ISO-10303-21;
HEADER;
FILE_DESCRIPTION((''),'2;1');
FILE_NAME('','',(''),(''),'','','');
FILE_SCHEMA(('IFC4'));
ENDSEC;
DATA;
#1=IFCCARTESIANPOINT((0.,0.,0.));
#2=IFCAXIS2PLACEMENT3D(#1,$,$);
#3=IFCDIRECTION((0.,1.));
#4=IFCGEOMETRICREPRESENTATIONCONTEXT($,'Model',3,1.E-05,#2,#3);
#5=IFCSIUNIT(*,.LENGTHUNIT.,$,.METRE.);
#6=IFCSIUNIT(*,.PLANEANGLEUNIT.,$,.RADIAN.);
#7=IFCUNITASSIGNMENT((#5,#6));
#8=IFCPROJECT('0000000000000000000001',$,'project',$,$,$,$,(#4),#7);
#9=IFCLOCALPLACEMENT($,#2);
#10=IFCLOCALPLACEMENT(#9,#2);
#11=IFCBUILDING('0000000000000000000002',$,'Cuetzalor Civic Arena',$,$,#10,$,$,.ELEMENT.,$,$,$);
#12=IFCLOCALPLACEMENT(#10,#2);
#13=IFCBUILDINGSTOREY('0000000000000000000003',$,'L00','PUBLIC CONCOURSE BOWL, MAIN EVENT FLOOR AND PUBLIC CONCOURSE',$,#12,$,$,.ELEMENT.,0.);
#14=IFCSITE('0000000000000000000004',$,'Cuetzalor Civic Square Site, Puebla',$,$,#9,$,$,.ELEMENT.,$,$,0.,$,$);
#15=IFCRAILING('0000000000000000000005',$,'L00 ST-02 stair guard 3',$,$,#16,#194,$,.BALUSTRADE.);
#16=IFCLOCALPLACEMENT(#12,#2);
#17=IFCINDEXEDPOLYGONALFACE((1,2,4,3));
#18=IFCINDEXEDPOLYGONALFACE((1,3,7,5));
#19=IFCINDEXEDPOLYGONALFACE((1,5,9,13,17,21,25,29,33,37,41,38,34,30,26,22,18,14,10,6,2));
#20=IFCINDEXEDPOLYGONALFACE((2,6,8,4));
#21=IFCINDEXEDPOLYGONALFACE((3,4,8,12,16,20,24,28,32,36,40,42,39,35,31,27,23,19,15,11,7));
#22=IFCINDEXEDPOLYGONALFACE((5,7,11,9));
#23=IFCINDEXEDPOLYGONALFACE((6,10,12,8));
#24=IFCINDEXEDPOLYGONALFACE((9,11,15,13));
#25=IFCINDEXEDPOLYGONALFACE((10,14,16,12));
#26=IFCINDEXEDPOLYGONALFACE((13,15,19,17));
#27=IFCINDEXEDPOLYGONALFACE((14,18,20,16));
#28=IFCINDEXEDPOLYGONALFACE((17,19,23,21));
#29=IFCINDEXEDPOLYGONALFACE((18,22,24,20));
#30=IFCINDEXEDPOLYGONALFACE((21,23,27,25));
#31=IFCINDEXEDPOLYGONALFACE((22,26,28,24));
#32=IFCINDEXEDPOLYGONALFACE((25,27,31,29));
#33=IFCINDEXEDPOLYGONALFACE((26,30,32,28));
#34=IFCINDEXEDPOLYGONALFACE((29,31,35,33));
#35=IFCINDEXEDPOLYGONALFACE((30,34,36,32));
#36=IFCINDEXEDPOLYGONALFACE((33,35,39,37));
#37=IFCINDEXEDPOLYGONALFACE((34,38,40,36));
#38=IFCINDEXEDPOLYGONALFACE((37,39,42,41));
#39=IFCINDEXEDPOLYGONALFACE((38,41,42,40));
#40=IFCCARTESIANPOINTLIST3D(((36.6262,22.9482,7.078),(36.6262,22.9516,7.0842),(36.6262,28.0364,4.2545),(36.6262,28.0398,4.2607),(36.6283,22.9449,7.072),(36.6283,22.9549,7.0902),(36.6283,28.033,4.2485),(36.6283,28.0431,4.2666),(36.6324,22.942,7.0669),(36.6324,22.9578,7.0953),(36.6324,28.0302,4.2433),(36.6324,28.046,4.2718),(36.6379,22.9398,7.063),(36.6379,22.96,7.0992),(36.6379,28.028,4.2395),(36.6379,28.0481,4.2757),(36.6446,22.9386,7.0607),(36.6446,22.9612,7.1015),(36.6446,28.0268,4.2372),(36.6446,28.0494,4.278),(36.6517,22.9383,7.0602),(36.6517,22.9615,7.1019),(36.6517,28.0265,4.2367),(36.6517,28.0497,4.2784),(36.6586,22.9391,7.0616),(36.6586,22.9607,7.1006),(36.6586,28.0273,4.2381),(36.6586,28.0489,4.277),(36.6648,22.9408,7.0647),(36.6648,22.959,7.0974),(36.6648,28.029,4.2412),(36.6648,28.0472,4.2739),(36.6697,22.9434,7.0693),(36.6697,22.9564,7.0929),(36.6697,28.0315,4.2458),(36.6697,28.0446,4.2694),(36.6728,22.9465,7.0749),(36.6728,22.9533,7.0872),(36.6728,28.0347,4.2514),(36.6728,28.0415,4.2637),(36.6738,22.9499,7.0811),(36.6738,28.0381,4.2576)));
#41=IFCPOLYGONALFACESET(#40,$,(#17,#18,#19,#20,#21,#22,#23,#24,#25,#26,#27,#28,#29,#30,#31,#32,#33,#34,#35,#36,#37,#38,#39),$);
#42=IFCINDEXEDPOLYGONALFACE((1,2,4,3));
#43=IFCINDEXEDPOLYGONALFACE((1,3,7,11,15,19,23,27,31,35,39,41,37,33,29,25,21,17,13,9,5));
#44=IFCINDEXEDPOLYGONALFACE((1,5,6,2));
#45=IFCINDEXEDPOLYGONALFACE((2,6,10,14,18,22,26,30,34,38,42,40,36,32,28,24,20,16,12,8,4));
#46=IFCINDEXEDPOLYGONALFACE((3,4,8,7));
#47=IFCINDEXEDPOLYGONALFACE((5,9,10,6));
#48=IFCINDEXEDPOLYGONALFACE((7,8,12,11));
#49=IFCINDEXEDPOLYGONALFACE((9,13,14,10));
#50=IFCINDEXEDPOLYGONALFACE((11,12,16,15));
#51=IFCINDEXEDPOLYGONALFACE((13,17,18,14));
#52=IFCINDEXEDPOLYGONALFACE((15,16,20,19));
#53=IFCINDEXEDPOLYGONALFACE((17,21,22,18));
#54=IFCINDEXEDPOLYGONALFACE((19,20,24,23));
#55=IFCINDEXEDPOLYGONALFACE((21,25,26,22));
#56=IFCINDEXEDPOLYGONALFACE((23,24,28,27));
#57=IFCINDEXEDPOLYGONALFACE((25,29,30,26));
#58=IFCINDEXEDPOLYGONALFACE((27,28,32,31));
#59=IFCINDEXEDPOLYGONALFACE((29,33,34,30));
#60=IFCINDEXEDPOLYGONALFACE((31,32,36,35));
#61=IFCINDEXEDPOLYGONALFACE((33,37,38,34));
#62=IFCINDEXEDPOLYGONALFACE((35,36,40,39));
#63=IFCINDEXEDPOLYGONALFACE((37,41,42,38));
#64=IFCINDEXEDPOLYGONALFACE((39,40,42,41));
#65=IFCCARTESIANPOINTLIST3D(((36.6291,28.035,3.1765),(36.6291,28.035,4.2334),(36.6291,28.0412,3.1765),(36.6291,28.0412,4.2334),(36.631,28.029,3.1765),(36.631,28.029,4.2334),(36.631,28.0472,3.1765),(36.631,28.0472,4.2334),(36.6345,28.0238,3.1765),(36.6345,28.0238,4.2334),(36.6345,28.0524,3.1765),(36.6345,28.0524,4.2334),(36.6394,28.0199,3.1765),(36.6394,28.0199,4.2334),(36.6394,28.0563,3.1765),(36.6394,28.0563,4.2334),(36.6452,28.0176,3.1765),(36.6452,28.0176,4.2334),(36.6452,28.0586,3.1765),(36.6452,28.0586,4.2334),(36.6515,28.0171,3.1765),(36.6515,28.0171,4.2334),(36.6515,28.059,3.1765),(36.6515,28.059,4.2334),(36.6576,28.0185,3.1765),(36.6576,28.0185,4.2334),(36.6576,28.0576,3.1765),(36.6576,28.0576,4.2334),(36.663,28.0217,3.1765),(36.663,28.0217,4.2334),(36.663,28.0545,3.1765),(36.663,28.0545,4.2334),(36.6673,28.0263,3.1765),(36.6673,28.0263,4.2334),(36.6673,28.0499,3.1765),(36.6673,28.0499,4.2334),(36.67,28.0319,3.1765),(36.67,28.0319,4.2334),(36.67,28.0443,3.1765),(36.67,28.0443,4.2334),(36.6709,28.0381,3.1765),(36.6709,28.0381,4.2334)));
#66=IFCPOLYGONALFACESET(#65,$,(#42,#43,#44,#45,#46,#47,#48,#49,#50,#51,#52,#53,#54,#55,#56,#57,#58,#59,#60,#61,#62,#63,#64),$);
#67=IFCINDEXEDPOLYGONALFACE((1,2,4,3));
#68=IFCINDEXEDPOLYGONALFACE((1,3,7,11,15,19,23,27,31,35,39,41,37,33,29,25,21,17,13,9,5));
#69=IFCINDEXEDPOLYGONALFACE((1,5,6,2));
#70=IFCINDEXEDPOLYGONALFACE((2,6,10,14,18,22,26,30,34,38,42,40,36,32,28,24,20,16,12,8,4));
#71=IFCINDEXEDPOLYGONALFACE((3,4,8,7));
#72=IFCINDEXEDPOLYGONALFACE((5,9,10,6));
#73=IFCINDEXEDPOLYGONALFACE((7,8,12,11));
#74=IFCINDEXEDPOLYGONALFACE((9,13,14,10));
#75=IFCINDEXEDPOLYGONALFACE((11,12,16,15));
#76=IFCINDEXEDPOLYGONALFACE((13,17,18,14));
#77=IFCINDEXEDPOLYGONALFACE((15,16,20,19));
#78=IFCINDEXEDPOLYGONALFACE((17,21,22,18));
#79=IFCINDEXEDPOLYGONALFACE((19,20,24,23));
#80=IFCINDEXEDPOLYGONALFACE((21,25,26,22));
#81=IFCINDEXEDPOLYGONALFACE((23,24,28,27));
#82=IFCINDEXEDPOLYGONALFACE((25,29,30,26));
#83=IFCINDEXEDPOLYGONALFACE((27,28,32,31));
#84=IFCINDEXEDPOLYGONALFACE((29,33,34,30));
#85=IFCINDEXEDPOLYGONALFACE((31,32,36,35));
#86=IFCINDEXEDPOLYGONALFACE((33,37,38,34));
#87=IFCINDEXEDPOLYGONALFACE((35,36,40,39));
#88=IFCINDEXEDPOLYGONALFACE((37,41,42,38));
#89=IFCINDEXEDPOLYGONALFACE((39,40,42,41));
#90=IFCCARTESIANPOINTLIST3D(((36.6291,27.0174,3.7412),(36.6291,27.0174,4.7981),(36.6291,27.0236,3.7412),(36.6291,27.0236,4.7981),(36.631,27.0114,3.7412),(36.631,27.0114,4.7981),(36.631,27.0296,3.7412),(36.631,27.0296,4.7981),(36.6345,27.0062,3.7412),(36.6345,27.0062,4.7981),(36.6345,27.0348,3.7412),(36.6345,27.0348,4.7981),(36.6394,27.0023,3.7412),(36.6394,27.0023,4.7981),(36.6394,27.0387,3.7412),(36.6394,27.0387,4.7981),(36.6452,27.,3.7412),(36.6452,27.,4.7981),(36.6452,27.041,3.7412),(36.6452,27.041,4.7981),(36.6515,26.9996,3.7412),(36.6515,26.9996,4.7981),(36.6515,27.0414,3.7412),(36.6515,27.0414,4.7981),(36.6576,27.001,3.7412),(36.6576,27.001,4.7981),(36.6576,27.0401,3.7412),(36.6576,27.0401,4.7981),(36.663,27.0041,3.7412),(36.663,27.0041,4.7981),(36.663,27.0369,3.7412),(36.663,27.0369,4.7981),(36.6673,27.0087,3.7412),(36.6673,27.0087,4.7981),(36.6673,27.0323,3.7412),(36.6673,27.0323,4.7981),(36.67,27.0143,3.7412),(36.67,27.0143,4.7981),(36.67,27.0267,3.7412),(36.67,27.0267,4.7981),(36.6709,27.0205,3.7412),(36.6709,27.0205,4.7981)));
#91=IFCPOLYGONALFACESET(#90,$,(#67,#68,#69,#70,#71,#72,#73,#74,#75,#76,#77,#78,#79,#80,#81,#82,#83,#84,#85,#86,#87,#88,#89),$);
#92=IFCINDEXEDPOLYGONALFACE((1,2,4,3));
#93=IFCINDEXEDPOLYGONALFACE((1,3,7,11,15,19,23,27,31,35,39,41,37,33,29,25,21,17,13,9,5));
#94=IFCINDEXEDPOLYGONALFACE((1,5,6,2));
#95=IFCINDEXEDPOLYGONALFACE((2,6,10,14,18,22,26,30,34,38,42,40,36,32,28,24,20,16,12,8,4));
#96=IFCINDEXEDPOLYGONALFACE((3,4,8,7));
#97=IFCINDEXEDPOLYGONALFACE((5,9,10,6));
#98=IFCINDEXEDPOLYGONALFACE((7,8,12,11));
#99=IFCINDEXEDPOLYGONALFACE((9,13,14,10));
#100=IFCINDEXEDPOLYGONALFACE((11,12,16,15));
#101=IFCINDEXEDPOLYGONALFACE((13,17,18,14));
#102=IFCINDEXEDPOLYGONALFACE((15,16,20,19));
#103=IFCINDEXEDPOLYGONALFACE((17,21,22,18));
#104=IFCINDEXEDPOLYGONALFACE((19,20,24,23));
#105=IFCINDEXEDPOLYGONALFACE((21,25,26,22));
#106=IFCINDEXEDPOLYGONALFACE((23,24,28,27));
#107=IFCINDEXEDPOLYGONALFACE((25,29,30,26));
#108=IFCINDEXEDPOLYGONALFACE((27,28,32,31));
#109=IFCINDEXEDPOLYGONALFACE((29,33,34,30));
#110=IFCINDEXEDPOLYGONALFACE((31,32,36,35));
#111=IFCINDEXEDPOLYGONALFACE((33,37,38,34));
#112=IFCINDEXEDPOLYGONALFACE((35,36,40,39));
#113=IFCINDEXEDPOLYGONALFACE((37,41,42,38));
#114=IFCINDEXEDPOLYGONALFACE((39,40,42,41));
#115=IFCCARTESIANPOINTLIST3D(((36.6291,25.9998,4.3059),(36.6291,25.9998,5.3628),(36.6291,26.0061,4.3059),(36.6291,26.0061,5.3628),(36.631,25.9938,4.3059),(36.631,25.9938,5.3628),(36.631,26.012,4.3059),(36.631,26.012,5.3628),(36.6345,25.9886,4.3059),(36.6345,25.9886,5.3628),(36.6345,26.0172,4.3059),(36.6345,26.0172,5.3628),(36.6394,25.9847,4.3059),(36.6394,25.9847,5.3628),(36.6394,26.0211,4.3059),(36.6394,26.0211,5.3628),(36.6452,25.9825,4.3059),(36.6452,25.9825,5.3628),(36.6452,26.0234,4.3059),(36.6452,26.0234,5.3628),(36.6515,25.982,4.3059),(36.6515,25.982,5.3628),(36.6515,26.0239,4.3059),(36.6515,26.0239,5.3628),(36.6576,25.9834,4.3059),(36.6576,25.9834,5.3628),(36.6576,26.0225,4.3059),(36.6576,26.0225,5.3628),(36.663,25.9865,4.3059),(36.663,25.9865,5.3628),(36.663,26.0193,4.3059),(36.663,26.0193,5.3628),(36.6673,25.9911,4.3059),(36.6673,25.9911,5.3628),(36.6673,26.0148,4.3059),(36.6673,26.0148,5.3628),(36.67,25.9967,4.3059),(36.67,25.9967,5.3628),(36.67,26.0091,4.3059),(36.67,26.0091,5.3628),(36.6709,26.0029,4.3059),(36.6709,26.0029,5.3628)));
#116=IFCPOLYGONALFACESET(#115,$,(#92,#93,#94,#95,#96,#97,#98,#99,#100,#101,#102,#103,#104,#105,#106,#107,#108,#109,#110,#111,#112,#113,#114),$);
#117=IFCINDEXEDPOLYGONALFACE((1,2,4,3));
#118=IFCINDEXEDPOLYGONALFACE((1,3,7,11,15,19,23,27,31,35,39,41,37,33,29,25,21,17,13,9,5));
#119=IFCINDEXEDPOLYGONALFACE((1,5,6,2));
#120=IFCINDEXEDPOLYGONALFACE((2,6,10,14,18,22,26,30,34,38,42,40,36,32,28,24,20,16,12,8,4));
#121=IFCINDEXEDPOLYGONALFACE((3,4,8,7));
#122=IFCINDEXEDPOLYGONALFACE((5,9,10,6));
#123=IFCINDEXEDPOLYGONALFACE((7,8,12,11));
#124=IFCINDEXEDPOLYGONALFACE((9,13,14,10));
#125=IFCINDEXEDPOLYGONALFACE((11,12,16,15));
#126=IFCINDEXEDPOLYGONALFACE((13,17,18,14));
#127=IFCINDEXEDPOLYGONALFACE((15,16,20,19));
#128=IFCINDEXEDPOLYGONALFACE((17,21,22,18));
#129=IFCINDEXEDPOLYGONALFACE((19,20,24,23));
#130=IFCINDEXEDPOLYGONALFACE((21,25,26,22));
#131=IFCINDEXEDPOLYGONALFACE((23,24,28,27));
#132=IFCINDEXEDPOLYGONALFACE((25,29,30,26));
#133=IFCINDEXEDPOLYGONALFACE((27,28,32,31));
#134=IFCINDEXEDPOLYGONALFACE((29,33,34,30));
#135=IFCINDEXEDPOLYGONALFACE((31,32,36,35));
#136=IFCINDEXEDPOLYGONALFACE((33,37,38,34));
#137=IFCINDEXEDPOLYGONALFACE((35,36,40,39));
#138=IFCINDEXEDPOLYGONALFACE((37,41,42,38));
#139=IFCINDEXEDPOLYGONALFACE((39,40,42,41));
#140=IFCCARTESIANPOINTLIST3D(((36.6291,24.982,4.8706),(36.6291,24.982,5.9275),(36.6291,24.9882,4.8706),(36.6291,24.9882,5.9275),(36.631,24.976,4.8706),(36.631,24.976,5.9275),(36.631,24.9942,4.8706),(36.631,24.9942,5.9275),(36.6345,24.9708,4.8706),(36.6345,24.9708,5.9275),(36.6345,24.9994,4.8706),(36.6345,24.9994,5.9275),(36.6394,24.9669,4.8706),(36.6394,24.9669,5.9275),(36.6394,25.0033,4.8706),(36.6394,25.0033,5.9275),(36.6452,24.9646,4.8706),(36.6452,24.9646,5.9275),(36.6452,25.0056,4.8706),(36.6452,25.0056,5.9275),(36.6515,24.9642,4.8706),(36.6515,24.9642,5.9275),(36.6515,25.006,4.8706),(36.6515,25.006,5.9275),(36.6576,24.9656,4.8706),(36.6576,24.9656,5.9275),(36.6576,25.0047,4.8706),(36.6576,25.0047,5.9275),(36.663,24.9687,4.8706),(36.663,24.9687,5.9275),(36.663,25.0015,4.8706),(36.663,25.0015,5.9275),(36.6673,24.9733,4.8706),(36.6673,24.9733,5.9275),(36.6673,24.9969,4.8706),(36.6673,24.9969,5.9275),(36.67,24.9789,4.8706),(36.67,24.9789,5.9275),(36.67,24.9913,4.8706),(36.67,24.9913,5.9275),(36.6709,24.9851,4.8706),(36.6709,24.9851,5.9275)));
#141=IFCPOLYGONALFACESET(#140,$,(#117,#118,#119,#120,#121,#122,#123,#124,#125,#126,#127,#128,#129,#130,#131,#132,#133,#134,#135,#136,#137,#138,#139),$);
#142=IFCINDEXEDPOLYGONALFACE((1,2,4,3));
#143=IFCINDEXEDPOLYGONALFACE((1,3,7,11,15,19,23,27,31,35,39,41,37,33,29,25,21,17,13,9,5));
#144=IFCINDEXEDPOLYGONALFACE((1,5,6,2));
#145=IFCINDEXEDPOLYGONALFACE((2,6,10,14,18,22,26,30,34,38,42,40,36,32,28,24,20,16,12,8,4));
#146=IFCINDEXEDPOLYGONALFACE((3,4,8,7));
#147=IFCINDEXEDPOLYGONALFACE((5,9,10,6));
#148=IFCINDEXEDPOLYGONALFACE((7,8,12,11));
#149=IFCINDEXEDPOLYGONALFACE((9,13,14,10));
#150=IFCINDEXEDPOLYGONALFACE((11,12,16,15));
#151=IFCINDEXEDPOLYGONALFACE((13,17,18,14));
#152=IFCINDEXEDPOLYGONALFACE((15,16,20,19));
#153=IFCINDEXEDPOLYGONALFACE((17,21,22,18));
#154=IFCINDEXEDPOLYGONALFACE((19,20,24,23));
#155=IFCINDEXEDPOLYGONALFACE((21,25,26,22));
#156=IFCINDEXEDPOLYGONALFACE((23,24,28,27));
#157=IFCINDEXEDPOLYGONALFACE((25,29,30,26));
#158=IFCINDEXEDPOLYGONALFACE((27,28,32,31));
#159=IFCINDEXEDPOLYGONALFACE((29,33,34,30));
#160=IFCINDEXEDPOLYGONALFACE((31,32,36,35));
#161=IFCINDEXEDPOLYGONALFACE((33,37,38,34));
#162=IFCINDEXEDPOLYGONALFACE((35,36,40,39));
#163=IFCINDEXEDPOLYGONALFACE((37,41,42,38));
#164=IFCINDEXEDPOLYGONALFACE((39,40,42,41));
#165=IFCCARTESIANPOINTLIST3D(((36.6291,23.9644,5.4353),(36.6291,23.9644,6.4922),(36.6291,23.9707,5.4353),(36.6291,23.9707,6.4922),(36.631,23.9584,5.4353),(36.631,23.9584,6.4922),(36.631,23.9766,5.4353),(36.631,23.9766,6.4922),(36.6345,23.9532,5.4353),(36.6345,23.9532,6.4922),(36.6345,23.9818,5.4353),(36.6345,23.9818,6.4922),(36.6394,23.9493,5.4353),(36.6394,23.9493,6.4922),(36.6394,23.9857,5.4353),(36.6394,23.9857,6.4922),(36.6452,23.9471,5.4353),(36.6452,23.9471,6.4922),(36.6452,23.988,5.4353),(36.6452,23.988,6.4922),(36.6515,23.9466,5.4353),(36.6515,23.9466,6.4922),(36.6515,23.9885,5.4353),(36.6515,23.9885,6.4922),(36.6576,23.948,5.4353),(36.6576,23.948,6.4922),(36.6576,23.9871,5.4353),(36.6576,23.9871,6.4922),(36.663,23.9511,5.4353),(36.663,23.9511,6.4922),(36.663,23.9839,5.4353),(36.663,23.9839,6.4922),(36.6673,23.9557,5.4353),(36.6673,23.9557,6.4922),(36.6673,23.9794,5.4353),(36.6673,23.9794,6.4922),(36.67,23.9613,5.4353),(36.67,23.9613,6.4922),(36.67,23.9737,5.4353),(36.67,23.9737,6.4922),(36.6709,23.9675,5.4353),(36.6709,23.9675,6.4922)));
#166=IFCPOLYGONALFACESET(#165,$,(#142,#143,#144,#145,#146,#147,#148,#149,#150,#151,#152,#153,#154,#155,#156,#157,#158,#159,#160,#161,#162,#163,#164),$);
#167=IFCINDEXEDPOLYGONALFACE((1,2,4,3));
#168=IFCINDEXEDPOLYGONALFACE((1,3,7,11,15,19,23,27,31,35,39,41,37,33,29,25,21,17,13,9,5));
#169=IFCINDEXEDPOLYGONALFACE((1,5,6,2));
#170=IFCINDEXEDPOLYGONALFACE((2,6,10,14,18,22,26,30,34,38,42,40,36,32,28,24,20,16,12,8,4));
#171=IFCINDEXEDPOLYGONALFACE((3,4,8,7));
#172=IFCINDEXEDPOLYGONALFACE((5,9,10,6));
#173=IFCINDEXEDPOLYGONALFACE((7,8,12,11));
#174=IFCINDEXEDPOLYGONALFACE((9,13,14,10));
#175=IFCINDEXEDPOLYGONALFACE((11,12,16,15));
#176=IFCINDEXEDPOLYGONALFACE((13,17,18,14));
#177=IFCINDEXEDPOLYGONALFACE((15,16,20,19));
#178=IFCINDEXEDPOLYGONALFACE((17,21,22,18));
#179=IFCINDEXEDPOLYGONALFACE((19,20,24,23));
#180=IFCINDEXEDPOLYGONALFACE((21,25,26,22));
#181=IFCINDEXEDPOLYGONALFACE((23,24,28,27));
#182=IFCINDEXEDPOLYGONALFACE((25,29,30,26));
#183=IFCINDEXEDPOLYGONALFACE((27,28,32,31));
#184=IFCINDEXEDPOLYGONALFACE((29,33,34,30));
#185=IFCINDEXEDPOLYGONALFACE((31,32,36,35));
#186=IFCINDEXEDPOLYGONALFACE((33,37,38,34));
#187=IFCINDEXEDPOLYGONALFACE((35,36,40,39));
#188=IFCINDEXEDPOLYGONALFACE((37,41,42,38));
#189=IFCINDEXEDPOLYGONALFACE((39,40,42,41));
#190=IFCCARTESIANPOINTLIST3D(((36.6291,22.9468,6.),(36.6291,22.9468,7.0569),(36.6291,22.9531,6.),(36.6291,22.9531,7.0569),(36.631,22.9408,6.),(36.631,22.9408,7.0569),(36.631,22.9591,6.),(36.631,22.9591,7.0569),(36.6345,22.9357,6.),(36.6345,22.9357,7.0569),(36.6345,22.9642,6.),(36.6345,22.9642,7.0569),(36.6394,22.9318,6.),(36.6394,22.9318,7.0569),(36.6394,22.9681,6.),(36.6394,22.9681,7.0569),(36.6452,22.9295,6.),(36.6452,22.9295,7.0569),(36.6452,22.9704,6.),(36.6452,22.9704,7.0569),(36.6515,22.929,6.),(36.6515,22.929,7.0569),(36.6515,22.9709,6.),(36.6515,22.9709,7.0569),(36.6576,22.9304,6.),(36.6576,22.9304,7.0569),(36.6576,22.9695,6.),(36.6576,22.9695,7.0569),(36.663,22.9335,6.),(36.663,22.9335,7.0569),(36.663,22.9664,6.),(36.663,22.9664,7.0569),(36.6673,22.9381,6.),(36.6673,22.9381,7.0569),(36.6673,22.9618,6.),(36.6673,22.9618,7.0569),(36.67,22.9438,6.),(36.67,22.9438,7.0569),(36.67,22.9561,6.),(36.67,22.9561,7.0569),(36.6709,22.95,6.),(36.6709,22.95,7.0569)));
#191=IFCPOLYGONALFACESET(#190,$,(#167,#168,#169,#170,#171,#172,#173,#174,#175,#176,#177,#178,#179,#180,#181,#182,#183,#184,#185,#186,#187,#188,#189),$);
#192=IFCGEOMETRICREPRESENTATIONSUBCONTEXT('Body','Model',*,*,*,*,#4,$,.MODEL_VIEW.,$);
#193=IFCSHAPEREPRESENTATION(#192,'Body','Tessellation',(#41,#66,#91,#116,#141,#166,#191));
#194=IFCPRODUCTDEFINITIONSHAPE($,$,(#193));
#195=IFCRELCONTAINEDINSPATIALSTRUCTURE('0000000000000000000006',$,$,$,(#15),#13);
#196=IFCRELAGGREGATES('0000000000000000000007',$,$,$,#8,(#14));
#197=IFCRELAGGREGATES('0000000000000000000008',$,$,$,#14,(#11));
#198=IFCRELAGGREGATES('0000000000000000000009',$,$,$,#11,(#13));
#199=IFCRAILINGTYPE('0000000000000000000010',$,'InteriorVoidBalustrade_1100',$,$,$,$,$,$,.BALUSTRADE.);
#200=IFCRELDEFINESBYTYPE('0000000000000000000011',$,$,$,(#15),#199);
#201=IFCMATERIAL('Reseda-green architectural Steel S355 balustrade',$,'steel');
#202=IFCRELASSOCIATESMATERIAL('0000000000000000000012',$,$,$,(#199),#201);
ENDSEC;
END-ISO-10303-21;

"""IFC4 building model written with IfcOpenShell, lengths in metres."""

from ifc_helpers import new_model, si_unit, direction, frame, origin, origin_2d, place, context, subcontext, project, spatial, circle, extrude, material, type_object, element, save


model = new_model("IFC4")

# Units and contexts
model_context = context("Model", 3, precision=1e-05, world=origin(), true_north=direction((0.0, 1.0)))
body_context = subcontext(model_context, "Body", "Model", "MODEL_VIEW")
ifc_project = project(units=[si_unit("LENGTHUNIT", "METRE"), si_unit("PLANEANGLEUNIT", "RADIAN")], contexts=[model_context])

# Site, building, storey
site_placement = place(None, origin())
site = spatial("IfcSite", under=ifc_project, at=site_placement, Name="Cuetzalor Civic Square Site, Puebla", CompositionType="ELEMENT", RefElevation=0.0)
building_placement = place(site_placement, origin())
building = spatial("IfcBuilding", under=site, at=building_placement, Name="Cuetzalor Civic Arena", CompositionType="ELEMENT")
storey_placement = place(building_placement, origin())
storey = spatial("IfcBuildingStorey", under=building, at=storey_placement, Name="L00", Description="PUBLIC CONCOURSE BOWL, MAIN EVENT FLOOR AND PUBLIC CONCOURSE", CompositionType="ELEMENT", Elevation=0.0)

# Railing
ifc_material_1 = material(Name="Reseda-green architectural Steel S355 balustrade", Category="steel")
railing_type_1 = type_object("IfcRailingType", Name="InteriorVoidBalustrade_1100", PredefinedType="BALUSTRADE", material=ifc_material_1)
railing_1_placement = place(storey_placement, frame((36.6499, 28.0381, 3.1765)))
element("IfcRailing", 1, at=railing_1_placement, inside=storey, type_object=railing_type_1, Name="L00 ST-02 stair guard 3", PredefinedType="BALUSTRADE", context=body_context, shape_type="SweptSolid", body=[
    extrude(circle(Radius=0.0239, at=origin_2d()), frame((0.0, 0.0, 1.0811), z_axis=(0.0, -0.874395, 0.485215), x_axis=(1.0, 0.0, 0.0)), (0.0, 0.0, 1.0), 5.8191),
    extrude(circle(Radius=0.021, at=origin_2d()), origin(), (0.0, 0.0, 1.0), 1.0569),
    extrude(circle(Radius=0.021, at=origin_2d()), frame((0.0, -1.0176, 0.5647)), (0.0, 0.0, 1.0), 1.0569),
    extrude(circle(Radius=0.021, at=origin_2d()), frame((0.0, -2.0352, 1.1294)), (0.0, 0.0, 1.0), 1.0569),
    extrude(circle(Radius=0.021, at=origin_2d()), frame((0.0, -3.053, 1.6941)), (0.0, 0.0, 1.0), 1.0569),
    extrude(circle(Radius=0.021, at=origin_2d()), frame((0.0, -4.0706, 2.2588)), (0.0, 0.0, 1.0), 1.0569),
    extrude(circle(Radius=0.021, at=origin_2d()), frame((0.0, -5.0881, 2.8235)), (0.0, 0.0, 1.0), 1.0569),
])

save(model, "model.ifc")
